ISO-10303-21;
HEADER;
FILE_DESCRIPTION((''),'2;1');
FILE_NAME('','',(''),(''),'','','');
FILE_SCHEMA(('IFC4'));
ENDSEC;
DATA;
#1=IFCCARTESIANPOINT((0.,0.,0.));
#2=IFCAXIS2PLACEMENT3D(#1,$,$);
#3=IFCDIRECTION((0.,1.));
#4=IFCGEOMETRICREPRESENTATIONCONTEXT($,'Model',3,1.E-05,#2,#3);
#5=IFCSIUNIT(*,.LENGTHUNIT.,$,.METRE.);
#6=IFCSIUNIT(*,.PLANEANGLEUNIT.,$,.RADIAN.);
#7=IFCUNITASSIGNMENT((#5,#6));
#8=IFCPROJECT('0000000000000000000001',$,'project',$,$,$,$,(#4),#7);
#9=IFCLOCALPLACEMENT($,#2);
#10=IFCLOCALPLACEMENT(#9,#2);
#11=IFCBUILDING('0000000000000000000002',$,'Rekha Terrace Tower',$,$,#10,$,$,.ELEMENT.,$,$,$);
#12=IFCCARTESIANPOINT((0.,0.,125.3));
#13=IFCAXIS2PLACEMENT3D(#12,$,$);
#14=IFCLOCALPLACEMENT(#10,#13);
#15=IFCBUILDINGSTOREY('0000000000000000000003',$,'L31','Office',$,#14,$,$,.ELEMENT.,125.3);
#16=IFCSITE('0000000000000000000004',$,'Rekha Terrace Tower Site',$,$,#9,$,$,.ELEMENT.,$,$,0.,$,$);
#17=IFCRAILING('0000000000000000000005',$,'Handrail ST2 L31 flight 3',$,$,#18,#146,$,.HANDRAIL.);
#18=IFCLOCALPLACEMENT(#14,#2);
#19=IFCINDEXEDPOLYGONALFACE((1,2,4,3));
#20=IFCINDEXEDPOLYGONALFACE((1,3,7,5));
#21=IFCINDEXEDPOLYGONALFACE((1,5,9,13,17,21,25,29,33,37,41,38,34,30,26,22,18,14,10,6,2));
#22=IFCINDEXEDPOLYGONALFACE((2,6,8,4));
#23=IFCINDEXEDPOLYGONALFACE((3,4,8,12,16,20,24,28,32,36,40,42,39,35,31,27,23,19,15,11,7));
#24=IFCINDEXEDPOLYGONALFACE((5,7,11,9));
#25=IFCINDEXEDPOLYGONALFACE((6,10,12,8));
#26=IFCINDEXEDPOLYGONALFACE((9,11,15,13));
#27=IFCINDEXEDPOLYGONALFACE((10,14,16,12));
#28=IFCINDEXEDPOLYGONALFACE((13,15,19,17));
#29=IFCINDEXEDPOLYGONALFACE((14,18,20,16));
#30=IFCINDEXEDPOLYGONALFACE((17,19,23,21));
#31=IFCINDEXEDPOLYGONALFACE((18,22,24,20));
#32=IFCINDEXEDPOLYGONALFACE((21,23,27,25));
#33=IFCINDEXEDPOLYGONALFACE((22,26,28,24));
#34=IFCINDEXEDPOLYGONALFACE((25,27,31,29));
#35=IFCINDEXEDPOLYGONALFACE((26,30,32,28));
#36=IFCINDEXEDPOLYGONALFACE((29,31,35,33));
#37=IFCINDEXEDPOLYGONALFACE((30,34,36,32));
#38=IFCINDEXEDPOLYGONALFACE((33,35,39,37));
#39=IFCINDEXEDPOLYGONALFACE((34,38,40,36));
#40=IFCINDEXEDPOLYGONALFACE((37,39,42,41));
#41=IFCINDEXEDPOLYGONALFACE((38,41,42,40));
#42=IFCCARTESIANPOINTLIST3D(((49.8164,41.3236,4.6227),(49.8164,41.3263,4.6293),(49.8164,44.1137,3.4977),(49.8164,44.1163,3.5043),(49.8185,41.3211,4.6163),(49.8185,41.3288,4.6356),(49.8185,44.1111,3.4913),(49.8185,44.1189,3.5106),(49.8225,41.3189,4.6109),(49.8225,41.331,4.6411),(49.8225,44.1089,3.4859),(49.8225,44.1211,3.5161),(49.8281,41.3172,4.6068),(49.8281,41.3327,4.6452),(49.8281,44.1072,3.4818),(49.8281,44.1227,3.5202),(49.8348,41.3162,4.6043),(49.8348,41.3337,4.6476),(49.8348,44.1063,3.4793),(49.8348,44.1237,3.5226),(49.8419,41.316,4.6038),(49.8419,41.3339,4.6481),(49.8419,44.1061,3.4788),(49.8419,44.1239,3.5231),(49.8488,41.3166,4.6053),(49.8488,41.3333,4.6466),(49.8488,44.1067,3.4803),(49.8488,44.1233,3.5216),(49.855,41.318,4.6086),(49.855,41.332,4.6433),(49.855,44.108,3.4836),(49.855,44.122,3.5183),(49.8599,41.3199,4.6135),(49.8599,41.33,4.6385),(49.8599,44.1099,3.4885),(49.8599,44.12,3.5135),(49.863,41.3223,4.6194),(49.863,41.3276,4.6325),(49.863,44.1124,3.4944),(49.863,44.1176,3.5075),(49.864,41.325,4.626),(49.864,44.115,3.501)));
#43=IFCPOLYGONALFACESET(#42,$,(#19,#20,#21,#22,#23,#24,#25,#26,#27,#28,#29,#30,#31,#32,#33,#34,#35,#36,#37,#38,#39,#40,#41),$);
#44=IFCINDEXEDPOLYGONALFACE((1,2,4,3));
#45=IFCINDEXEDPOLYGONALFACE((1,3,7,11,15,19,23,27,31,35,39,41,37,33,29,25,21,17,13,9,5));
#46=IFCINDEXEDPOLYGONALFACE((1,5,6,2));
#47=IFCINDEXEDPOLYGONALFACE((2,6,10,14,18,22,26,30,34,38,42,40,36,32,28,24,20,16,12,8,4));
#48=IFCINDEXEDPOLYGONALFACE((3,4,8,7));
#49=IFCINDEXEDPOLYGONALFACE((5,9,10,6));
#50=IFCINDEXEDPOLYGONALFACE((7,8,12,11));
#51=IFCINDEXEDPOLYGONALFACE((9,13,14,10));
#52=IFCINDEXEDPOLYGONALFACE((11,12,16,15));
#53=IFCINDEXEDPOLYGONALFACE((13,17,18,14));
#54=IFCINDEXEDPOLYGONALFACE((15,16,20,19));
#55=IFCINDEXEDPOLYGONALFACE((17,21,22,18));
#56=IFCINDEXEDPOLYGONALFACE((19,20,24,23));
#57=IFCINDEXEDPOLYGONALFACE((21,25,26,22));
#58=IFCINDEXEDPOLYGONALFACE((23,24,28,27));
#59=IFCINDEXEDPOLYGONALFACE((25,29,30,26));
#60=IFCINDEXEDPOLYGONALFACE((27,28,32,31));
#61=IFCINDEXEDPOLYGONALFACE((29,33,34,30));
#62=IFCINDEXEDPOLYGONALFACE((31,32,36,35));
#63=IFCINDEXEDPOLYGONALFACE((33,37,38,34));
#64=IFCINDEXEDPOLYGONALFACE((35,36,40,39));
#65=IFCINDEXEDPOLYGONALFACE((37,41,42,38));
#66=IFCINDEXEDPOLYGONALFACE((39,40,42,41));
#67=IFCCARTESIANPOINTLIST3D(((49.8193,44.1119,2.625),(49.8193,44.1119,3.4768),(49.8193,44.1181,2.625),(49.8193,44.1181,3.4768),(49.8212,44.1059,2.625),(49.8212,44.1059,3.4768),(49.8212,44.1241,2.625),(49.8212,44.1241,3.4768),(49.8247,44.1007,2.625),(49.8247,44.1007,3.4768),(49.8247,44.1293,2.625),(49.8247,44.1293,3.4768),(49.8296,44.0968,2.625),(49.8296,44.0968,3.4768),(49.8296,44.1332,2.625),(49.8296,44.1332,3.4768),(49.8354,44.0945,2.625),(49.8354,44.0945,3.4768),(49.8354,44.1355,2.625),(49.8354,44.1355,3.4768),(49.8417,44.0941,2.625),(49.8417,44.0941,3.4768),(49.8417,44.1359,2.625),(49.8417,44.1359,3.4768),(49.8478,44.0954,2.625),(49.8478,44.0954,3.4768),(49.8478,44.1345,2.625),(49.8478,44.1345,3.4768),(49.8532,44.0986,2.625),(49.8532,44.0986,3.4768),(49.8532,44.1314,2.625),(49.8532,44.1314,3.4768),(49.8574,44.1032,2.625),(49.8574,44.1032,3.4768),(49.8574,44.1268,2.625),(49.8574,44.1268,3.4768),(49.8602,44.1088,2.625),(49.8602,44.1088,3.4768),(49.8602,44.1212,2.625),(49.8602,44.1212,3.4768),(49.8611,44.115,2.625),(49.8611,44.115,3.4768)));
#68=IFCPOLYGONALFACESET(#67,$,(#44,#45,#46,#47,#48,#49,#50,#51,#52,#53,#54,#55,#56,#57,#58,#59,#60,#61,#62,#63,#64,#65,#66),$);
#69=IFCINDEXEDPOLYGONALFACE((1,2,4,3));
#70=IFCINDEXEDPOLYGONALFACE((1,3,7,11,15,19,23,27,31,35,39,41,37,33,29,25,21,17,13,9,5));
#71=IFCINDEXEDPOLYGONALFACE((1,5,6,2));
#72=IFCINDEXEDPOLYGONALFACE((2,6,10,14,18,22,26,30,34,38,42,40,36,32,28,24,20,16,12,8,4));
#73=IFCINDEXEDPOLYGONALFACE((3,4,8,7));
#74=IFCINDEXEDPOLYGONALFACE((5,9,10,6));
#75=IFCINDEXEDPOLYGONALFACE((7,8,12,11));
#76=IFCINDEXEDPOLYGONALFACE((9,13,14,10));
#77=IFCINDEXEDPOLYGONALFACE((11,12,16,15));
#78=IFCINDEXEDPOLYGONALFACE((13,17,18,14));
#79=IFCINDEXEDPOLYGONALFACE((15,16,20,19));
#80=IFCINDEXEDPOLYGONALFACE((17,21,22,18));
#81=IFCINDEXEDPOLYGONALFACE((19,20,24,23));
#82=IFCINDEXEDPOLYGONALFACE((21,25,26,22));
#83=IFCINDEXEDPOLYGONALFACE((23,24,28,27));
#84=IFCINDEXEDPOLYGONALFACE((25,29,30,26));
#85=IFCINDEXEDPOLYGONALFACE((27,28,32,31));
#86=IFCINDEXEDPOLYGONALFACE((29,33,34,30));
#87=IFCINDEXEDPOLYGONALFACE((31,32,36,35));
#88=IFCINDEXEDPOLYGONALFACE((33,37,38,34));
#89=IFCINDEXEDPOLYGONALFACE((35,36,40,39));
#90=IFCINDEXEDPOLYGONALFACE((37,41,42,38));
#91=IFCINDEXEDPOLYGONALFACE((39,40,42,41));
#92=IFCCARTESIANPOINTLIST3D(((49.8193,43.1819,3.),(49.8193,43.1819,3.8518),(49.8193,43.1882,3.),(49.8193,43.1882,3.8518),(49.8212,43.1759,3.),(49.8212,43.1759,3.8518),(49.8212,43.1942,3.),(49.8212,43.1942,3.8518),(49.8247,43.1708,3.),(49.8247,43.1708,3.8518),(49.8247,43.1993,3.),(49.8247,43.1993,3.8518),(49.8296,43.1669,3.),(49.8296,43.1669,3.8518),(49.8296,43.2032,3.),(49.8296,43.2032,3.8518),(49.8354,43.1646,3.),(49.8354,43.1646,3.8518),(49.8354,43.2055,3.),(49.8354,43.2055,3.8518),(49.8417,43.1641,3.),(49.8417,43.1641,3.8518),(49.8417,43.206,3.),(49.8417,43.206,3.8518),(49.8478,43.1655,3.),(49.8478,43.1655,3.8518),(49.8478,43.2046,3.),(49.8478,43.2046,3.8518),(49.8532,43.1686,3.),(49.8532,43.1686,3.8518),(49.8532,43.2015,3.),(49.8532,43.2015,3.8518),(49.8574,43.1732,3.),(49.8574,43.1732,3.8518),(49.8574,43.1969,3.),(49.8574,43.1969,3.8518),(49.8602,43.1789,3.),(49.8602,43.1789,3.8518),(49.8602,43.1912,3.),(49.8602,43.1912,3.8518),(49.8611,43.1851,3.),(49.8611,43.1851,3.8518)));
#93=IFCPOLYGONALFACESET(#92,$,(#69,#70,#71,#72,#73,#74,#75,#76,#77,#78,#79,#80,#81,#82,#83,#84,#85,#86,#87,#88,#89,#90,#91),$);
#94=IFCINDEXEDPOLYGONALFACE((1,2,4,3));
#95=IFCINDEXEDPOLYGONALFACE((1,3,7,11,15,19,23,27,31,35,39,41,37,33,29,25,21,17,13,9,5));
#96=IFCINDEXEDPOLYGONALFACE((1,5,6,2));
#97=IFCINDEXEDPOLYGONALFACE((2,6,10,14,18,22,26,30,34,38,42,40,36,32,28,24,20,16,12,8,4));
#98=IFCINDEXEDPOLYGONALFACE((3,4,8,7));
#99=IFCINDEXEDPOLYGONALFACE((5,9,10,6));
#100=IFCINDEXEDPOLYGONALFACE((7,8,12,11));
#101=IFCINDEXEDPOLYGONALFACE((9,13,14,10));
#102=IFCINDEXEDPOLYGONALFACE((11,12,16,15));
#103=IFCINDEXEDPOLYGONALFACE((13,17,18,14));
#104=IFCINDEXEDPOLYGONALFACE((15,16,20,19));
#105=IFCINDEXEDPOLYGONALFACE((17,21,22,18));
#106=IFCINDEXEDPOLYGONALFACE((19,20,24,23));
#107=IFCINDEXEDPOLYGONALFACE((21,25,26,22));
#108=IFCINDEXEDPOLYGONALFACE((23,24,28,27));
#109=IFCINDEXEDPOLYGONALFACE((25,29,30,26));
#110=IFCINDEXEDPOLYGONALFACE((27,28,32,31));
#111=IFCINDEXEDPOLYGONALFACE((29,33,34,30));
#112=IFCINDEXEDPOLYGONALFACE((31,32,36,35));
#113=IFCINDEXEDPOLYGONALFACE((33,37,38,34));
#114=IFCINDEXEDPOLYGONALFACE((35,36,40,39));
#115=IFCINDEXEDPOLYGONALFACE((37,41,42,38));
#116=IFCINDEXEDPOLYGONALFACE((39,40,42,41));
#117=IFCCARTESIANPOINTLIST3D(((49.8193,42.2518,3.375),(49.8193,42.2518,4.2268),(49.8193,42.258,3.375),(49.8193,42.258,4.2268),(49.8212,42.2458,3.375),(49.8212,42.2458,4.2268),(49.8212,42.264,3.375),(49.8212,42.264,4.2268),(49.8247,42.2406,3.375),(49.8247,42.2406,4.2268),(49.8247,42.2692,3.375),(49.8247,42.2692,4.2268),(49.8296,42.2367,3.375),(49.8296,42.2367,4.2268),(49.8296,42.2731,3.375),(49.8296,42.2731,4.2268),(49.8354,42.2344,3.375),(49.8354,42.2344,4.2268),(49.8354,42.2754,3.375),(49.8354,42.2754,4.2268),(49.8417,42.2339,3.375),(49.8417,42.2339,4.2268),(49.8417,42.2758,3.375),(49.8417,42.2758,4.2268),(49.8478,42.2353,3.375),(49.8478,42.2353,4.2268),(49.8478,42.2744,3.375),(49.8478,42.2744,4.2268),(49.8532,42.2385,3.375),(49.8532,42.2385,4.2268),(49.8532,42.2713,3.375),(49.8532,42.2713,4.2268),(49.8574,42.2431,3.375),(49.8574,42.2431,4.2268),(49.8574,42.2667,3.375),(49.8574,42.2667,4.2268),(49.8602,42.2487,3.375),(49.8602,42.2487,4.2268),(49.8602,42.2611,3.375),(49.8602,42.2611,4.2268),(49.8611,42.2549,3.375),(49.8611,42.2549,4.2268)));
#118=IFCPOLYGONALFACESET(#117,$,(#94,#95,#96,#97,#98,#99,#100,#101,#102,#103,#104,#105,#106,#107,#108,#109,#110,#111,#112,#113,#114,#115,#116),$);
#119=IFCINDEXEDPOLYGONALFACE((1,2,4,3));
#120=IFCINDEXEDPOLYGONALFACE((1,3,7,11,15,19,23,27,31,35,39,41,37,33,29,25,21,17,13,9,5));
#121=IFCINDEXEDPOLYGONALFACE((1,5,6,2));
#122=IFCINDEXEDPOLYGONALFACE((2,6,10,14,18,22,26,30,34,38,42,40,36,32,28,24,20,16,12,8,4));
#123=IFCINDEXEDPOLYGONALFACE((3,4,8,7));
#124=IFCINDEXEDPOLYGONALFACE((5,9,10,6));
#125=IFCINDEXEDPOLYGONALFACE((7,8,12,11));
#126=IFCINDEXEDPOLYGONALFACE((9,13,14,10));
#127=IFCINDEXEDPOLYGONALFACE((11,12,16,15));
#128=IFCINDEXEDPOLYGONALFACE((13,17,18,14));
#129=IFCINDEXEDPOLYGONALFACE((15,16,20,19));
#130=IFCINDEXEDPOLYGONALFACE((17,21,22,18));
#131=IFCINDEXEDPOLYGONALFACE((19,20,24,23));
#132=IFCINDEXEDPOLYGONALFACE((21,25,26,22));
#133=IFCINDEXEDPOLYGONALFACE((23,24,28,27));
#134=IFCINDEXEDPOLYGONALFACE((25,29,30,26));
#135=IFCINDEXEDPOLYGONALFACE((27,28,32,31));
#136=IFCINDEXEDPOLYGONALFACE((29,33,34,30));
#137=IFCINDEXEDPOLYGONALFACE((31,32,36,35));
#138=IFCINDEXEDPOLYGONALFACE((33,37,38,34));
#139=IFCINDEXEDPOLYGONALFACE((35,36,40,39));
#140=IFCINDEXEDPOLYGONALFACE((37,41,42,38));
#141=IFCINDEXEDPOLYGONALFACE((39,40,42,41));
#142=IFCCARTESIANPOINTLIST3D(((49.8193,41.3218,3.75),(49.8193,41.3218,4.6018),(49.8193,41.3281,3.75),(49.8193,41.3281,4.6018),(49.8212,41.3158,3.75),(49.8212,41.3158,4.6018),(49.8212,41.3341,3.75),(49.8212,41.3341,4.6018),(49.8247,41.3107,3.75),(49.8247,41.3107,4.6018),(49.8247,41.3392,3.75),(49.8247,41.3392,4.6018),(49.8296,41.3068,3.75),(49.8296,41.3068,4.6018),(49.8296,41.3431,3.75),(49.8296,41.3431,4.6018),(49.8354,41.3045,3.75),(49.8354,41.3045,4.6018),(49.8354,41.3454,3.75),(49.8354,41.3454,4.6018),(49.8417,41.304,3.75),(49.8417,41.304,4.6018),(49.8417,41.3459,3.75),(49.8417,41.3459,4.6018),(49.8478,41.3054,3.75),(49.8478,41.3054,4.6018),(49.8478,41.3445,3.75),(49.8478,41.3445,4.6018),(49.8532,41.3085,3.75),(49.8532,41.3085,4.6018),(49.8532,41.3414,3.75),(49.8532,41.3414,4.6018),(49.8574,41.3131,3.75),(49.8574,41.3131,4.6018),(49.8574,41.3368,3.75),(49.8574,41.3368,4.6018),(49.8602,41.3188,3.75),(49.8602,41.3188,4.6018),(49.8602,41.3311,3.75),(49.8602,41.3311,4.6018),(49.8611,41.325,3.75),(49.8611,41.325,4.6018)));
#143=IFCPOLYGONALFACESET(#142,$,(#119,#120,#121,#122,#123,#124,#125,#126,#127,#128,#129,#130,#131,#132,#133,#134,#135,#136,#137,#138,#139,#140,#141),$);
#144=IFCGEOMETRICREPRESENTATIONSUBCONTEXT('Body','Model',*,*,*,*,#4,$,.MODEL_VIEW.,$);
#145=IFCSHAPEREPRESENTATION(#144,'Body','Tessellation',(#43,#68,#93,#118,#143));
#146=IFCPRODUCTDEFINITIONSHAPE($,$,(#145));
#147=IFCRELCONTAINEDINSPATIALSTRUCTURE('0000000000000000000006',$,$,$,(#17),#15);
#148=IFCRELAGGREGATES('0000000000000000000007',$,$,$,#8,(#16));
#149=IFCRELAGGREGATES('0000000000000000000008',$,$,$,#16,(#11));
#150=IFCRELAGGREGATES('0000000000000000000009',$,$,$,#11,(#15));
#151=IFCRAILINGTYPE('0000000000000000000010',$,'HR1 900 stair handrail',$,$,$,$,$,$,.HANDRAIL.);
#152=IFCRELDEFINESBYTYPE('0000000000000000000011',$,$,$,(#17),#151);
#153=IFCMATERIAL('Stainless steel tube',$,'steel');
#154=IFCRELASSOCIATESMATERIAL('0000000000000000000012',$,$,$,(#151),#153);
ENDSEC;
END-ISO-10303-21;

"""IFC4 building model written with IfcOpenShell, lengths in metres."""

from ifc_helpers import new_model, si_unit, direction, frame, origin, origin_2d, place, context, subcontext, project, spatial, circle, extrude, material, type_object, element, save


model = new_model("IFC4")

# Units and contexts
model_context = context("Model", 3, precision=1e-05, world=origin(), true_north=direction((0.0, 1.0)))
body_context = subcontext(model_context, "Body", "Model", "MODEL_VIEW")
ifc_project = project(units=[si_unit("LENGTHUNIT", "METRE"), si_unit("PLANEANGLEUNIT", "RADIAN")], contexts=[model_context])

# Site, building, storey
site_placement = place(None, origin())
site = spatial("IfcSite", under=ifc_project, at=site_placement, Name="Rekha Terrace Tower Site", CompositionType="ELEMENT", RefElevation=0.0)
building_placement = place(site_placement, origin())
building = spatial("IfcBuilding", under=site, at=building_placement, Name="Rekha Terrace Tower", CompositionType="ELEMENT")
storey_placement = place(building_placement, frame((0.0, 0.0, 125.3)))
storey = spatial("IfcBuildingStorey", under=building, at=storey_placement, Name="L31", Description="Office", CompositionType="ELEMENT", Elevation=125.3)

# Railing
ifc_material_1 = material(Name="Stainless steel tube", Category="steel")
railing_type_1 = type_object("IfcRailingType", Name="HR1 900 stair handrail", PredefinedType="HANDRAIL", material=ifc_material_1)
railing_1_placement = place(storey_placement, frame((49.8401, 44.115, 2.625)))
element("IfcRailing", 1, at=railing_1_placement, inside=storey, type_object=railing_type_1, Name="Handrail ST2 L31 flight 3", PredefinedType="HANDRAIL", context=body_context, shape_type="SweptSolid", body=[
    extrude(circle(Radius=0.0239, at=origin_2d()), frame((0.0, 0.0, 0.876), z_axis=(0.0, -0.927443, 0.373964), x_axis=(1.0, 0.0, 0.0)), (0.0, 0.0, 1.0), 3.0083),
    extrude(circle(Radius=0.021, at=origin_2d()), origin(), (0.0, 0.0, 1.0), 0.8518),
    extrude(circle(Radius=0.021, at=origin_2d()), frame((0.0, -0.9299, 0.375)), (0.0, 0.0, 1.0), 0.8518),
    extrude(circle(Radius=0.021, at=origin_2d()), frame((0.0, -1.8601, 0.75)), (0.0, 0.0, 1.0), 0.8518),
    extrude(circle(Radius=0.021, at=origin_2d()), frame((0.0, -2.79, 1.125)), (0.0, 0.0, 1.0), 0.8518),
])

save(model, "model.ifc")
